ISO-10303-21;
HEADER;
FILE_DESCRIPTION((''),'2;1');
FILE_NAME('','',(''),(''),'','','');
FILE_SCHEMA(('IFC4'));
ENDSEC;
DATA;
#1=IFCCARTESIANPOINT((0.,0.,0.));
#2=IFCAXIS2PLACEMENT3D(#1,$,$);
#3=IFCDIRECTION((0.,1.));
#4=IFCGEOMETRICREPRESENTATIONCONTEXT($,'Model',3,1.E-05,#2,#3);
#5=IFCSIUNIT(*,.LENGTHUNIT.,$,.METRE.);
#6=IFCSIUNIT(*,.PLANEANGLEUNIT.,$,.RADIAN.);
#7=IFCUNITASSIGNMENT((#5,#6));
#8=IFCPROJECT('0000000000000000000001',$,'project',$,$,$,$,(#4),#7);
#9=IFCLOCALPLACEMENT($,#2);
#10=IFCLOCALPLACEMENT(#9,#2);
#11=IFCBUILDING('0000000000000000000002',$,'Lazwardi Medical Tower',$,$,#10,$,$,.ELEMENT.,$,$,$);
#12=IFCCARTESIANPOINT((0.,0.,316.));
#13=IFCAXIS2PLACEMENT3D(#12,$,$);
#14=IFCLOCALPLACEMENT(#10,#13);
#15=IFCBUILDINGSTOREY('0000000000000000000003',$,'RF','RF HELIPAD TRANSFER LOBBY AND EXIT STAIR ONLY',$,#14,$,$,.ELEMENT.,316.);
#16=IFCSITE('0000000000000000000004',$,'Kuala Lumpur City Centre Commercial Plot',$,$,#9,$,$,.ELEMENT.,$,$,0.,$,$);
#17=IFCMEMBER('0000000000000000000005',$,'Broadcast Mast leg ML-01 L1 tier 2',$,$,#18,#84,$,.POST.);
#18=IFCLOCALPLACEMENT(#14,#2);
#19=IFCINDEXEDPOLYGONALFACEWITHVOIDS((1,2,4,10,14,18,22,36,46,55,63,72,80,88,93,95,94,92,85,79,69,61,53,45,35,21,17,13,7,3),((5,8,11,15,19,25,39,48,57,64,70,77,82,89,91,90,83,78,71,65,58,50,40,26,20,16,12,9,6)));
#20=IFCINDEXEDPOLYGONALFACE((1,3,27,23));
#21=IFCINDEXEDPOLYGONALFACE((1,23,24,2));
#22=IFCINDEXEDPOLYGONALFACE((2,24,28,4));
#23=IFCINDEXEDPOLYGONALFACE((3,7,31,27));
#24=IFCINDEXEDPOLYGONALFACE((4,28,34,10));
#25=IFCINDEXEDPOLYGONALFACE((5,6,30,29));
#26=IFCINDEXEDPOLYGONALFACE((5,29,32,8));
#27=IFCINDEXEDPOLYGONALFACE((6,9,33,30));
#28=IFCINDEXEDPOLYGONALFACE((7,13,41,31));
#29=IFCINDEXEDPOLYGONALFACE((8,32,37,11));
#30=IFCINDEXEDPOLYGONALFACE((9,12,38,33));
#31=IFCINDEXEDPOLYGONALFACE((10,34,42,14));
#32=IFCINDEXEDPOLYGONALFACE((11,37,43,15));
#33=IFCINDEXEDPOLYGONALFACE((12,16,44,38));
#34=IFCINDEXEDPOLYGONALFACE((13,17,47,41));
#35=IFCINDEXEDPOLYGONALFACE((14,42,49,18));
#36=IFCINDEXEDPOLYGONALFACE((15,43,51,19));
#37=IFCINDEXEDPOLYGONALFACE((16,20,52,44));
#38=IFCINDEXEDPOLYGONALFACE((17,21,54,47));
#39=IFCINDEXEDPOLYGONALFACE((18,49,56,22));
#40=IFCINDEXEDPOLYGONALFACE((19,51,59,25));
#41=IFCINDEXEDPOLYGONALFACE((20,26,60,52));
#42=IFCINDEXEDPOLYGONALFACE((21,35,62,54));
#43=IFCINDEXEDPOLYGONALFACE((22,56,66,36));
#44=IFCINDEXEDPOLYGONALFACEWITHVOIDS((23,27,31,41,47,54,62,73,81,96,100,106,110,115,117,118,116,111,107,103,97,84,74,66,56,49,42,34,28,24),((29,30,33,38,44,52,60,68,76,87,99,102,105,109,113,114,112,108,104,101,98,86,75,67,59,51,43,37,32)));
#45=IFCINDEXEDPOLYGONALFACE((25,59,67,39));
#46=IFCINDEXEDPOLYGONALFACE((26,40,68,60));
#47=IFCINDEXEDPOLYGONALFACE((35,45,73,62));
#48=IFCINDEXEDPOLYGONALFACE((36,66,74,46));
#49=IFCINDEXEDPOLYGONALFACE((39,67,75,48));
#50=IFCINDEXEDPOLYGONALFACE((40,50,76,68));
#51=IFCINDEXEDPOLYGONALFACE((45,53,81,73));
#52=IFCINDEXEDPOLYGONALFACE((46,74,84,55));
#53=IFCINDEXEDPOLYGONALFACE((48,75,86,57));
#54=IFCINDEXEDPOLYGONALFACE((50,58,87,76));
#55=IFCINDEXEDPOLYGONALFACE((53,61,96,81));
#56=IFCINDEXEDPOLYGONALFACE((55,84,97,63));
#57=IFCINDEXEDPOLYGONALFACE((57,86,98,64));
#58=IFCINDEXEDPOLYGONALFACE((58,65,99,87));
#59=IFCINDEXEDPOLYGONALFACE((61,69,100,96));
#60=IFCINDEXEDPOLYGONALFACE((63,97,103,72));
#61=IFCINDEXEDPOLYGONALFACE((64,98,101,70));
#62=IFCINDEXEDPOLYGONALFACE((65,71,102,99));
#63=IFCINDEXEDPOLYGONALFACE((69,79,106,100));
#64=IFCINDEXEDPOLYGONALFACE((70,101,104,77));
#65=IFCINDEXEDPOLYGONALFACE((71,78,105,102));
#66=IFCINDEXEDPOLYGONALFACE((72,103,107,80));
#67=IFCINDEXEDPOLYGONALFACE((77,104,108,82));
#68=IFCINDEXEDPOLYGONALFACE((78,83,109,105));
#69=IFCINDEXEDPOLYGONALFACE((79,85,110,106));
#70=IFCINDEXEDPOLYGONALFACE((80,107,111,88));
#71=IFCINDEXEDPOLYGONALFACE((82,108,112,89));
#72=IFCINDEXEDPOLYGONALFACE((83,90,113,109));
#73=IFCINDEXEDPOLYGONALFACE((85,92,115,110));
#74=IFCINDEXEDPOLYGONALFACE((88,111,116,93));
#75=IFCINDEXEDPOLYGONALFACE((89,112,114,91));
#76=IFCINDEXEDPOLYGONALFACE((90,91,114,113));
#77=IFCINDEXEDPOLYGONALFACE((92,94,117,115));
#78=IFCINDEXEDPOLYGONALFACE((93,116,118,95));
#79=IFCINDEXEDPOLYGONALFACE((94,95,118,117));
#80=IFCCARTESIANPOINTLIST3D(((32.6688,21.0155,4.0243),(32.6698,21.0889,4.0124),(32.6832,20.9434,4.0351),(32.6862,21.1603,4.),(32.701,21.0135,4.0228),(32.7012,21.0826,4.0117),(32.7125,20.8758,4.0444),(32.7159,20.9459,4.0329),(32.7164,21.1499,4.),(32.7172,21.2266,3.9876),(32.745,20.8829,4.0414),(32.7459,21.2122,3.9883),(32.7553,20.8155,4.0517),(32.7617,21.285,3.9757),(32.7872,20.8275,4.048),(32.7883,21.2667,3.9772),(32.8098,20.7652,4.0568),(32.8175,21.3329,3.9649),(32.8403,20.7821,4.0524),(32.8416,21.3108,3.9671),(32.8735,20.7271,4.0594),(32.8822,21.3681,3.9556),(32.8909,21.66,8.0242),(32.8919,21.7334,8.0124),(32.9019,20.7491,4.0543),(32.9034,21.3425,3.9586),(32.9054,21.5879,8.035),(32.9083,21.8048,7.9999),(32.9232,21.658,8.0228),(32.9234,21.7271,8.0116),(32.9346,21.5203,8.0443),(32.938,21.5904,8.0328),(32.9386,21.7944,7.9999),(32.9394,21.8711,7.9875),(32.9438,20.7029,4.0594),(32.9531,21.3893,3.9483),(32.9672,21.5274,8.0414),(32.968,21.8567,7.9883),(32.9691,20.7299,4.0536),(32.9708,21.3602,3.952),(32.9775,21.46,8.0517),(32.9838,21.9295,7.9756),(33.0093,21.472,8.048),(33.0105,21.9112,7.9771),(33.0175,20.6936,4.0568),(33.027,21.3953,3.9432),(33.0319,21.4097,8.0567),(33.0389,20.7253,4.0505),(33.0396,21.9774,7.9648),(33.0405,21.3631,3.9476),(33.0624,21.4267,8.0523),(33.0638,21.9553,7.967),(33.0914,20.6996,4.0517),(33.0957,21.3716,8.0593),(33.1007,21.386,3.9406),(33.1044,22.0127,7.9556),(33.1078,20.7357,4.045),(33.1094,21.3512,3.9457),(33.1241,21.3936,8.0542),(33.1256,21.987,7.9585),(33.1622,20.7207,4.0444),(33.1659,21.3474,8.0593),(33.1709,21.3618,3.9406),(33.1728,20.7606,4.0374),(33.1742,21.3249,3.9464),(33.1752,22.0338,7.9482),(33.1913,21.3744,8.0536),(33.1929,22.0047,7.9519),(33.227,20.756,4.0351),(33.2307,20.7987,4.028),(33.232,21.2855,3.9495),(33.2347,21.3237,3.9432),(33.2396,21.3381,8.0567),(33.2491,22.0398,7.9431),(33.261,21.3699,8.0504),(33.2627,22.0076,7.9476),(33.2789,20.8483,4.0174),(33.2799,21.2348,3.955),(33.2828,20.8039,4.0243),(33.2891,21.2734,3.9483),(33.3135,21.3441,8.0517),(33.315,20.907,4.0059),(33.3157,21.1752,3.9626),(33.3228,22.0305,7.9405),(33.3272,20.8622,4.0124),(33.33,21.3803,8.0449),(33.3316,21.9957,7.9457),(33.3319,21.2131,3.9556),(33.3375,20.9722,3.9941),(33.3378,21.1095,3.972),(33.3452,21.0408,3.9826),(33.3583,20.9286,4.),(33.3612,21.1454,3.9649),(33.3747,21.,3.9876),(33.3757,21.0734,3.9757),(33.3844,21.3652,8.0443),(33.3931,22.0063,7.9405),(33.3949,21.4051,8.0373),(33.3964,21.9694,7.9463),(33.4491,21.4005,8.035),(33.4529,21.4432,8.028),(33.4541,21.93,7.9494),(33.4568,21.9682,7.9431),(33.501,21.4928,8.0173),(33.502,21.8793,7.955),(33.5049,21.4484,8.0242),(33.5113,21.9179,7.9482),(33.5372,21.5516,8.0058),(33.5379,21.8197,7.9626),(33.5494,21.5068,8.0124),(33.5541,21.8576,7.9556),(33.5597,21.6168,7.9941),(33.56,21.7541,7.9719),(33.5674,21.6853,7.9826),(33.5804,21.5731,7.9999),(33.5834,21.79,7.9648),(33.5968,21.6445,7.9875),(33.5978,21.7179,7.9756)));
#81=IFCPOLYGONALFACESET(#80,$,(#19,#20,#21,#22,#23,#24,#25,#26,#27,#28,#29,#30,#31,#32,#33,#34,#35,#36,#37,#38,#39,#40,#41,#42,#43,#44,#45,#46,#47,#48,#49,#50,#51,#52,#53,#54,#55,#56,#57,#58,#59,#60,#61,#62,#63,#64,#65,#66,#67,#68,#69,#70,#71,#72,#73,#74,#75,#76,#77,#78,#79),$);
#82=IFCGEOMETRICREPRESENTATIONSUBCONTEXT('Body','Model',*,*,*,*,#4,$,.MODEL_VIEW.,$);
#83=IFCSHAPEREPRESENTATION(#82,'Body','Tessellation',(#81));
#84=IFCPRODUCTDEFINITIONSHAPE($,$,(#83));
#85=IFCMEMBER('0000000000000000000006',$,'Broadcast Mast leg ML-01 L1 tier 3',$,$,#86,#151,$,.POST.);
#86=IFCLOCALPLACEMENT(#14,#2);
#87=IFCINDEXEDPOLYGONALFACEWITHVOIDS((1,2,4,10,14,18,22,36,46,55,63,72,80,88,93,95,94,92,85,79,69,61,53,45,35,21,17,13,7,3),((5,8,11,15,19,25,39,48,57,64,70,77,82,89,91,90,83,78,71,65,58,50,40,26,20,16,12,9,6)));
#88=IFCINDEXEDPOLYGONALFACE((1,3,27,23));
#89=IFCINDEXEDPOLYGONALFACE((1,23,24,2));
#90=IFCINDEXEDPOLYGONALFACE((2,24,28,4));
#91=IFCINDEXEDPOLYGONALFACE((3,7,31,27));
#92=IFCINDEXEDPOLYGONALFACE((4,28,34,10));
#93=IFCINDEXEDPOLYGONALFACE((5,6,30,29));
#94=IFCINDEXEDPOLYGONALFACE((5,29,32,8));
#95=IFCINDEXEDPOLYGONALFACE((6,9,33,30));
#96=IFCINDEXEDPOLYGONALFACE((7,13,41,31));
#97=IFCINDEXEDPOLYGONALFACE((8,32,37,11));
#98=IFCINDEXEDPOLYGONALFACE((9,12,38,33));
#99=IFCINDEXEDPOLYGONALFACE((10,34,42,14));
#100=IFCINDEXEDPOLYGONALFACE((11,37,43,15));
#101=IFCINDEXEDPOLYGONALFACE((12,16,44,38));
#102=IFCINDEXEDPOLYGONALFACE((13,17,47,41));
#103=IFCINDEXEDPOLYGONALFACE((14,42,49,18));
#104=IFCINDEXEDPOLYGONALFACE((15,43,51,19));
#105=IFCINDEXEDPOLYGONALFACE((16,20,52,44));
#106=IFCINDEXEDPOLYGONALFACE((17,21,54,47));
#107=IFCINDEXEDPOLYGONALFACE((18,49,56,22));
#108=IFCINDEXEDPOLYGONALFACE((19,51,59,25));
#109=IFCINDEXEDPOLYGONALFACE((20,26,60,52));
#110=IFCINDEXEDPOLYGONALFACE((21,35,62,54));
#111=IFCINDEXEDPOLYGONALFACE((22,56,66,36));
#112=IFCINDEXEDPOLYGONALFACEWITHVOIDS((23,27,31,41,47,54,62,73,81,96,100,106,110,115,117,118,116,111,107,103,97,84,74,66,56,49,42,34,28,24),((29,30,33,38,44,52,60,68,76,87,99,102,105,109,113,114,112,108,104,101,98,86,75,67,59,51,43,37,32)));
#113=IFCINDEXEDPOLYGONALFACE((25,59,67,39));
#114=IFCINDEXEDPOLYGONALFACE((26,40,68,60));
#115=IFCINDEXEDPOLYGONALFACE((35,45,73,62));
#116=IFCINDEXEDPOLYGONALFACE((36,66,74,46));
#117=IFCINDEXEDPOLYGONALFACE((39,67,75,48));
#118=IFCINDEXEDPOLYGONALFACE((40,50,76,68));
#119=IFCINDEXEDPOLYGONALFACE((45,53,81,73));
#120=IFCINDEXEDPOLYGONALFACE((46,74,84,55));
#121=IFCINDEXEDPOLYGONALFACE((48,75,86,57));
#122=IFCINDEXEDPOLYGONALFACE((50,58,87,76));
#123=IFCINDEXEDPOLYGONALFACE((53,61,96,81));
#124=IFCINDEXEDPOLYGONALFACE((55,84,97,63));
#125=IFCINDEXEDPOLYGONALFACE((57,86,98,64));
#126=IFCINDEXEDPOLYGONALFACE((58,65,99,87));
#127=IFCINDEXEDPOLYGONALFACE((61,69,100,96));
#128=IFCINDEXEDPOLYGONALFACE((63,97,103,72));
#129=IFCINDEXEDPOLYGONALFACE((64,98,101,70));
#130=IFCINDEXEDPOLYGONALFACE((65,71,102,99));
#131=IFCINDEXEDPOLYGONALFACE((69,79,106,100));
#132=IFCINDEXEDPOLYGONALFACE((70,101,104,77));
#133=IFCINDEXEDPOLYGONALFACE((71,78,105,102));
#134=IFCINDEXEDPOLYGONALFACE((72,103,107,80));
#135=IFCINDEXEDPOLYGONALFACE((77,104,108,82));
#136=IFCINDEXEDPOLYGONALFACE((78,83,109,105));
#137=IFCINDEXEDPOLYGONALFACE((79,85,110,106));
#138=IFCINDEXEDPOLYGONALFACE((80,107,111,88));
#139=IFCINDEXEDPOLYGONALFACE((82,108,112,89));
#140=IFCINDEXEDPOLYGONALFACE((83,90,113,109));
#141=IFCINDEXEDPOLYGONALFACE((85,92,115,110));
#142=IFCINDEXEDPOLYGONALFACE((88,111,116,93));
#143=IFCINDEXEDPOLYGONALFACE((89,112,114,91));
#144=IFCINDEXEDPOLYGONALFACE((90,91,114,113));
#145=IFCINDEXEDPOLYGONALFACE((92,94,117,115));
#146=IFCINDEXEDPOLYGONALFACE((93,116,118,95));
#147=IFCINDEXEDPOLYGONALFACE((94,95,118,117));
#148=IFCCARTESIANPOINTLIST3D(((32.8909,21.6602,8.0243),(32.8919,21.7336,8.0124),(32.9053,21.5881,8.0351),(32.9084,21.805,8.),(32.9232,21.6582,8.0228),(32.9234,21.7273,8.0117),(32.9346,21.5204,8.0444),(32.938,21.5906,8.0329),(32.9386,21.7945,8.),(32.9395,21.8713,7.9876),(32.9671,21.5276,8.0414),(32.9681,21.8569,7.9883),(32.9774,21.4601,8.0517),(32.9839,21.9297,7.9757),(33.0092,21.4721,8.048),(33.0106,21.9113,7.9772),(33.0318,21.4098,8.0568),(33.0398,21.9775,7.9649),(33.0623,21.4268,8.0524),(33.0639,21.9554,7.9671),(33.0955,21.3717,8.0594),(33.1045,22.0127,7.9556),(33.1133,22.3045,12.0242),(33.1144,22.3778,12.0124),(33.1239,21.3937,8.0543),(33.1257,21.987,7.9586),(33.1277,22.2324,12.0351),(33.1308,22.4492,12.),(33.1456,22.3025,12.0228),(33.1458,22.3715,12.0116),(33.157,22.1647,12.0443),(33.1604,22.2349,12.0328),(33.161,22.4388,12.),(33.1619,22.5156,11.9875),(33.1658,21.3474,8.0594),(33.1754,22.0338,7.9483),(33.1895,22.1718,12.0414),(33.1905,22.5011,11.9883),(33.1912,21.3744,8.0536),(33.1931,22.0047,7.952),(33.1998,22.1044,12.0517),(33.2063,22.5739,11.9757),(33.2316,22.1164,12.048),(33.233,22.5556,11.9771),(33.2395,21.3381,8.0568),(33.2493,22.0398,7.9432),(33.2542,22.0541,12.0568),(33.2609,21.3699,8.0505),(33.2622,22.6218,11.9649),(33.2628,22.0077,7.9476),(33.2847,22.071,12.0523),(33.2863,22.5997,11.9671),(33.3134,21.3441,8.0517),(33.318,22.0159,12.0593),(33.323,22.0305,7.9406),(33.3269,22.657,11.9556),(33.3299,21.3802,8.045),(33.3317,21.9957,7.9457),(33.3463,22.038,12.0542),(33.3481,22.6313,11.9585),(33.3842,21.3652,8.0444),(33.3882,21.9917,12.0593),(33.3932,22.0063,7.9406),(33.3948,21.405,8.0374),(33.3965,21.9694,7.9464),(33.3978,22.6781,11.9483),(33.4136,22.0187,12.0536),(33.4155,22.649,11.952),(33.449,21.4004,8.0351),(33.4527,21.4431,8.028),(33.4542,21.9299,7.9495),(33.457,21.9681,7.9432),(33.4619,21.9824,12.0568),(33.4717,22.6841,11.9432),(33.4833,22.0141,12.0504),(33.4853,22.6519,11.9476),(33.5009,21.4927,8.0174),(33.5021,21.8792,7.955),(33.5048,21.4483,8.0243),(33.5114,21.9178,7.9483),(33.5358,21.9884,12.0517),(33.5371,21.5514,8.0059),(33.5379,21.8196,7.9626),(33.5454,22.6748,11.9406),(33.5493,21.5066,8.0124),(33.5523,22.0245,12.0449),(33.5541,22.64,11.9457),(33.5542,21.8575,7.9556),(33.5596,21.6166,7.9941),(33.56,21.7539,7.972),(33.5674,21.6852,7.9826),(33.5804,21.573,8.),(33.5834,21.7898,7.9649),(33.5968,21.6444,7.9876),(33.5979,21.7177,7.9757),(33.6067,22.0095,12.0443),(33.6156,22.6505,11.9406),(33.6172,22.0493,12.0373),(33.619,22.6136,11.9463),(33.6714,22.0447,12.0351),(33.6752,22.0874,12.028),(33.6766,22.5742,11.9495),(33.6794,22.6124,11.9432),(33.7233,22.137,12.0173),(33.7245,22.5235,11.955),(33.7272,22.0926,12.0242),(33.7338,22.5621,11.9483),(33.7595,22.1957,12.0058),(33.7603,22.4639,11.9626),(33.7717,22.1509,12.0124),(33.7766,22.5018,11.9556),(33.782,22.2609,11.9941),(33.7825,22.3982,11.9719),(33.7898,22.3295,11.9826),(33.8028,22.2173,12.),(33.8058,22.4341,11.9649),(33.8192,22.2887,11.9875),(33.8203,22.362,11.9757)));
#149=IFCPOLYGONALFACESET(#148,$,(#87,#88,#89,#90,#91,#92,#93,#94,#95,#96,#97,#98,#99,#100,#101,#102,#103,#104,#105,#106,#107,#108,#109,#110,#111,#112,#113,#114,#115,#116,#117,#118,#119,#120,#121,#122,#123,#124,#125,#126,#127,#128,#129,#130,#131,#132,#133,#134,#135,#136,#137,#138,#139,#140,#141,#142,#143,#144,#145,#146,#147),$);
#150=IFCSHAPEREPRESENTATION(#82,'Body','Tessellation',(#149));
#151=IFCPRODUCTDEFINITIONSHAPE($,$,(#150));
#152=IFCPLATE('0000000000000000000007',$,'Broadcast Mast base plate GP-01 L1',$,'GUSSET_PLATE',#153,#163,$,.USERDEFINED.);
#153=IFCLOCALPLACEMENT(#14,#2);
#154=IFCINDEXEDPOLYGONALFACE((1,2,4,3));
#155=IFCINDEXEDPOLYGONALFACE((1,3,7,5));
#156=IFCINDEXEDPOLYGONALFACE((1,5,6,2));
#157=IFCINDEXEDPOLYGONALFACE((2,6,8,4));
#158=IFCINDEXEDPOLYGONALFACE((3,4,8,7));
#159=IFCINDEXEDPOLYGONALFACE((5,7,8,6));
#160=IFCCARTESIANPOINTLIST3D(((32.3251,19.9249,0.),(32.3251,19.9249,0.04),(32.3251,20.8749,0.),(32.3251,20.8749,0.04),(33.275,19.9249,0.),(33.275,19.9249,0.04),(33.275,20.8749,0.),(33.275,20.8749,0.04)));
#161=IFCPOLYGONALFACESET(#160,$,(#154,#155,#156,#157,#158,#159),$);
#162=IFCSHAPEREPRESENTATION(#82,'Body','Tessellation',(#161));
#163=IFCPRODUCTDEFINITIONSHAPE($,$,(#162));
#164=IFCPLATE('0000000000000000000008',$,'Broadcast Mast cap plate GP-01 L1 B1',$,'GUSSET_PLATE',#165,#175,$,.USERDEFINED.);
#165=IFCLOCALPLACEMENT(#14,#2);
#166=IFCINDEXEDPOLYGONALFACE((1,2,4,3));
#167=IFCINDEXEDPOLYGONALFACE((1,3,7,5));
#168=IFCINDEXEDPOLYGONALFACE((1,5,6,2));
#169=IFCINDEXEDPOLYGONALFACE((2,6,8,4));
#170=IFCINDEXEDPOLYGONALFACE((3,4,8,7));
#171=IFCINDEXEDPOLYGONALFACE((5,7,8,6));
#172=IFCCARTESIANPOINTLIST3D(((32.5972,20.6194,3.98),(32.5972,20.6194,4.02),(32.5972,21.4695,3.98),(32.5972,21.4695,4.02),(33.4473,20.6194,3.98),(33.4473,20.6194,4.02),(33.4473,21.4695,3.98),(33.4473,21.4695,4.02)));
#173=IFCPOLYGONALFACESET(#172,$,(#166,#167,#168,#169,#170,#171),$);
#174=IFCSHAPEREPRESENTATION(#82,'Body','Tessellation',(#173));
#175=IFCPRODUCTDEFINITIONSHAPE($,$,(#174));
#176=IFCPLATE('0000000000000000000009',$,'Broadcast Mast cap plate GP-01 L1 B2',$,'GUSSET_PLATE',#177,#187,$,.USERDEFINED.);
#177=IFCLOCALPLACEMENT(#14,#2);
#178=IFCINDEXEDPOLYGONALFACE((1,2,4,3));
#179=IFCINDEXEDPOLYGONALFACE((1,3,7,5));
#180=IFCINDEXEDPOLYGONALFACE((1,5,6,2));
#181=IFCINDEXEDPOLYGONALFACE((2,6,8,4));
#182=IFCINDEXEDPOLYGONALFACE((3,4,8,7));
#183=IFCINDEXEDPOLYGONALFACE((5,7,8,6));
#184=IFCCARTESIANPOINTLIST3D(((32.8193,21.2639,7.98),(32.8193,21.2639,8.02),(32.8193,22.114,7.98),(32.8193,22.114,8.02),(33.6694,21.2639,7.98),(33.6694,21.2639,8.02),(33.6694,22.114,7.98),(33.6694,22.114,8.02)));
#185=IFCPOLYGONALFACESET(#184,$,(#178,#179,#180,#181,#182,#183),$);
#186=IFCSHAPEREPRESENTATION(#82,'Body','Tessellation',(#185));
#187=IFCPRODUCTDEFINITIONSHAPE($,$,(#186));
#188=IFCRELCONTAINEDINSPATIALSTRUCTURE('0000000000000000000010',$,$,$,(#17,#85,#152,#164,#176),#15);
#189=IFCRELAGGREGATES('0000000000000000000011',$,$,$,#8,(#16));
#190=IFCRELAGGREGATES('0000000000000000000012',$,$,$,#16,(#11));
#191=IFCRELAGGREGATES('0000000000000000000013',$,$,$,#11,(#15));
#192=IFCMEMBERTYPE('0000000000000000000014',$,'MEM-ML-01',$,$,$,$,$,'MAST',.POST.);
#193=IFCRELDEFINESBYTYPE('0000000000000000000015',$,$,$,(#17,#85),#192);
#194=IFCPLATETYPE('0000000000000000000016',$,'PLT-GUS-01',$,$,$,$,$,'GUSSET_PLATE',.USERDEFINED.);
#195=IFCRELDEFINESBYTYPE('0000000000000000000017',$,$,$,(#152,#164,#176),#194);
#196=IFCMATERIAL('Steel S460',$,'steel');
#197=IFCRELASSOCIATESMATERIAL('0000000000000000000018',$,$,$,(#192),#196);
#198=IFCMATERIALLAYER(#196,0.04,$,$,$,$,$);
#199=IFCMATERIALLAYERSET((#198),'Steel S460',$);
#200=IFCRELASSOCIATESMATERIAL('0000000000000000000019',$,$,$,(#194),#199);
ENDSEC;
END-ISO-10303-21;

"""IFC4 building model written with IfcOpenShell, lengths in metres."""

from ifc_helpers import new_model, si_unit, direction, frame, origin, origin_2d, place, context, subcontext, project, spatial, rectangle, hollow_circle, extrude, material, layer, layer_set, material_profile, profile_set, type_object, element, save


model = new_model("IFC4")

# Units and contexts
model_context = context("Model", 3, precision=1e-05, world=origin(), true_north=direction((0.0, 1.0)))
body_context = subcontext(model_context, "Body", "Model", "MODEL_VIEW")
ifc_project = project(units=[si_unit("LENGTHUNIT", "METRE"), si_unit("PLANEANGLEUNIT", "RADIAN")], contexts=[model_context])

# Site, building, storey
site_placement = place(None, origin())
site = spatial("IfcSite", under=ifc_project, at=site_placement, Name="Kuala Lumpur City Centre Commercial Plot", CompositionType="ELEMENT", RefElevation=0.0)
building_placement = place(site_placement, origin())
building = spatial("IfcBuilding", under=site, at=building_placement, Name="Lazwardi Medical Tower", CompositionType="ELEMENT")
storey_placement = place(building_placement, frame((0.0, 0.0, 316.0)))
storey = spatial("IfcBuildingStorey", under=building, at=storey_placement, Name="RF", Description="RF HELIPAD TRANSFER LOBBY AND EXIT STAIR ONLY", CompositionType="ELEMENT", Elevation=316.0)

# Members
ifc_material_1 = material(Name="Steel S460", Category="steel")
ifc_material_profile_1 = material_profile(ifc_material_1, hollow_circle(Radius=0.3555, WallThickness=0.032, at=origin_2d()), Name="CHS 711x32")
ifc_profile_set_1 = profile_set([ifc_material_profile_1], Name="Steel S460")
member_type_1 = type_object("IfcMemberType", Name="MEM-ML-01", ElementType="MAST", PredefinedType="POST", material=ifc_profile_set_1)
for number, where, z_axis, x_axis, name in (
    (1, (33.0222, 21.0444, 4.0), (0.054752, 0.158842, 0.985785), (-0.945411, 0.32588, 0.0), "Broadcast Mast leg ML-01 L1 tier 2"),
    (2, (33.2444, 21.689, 8.0), (0.054813, 0.158783, 0.985791), (-0.945263, 0.326311, 0.0), "Broadcast Mast leg ML-01 L1 tier 3"),
):
    element("IfcMember", number, at=place(storey_placement, frame(where, z_axis=z_axis, x_axis=x_axis)), inside=storey, type_object=member_type_1, Name=name, PredefinedType="POST", context=body_context, shape_type="SweptSolid", body=[
        extrude(hollow_circle(Radius=0.3555, WallThickness=0.032, at=origin_2d()), origin(), (0.0, 0.0, 1.0), 4.0576),
    ])

# Plates
ifc_layer_1 = layer(ifc_material_1, 0.04)
ifc_layer_set_1 = layer_set([ifc_layer_1], Name="Steel S460")
plate_type = type_object("IfcPlateType", Name="PLT-GUS-01", ElementType="GUSSET_PLATE", PredefinedType="USERDEFINED", material=ifc_layer_set_1)
plate_placement = place(storey_placement, frame((32.8, 20.3999, 0.0), z_axis=(0.0, 0.0, 1.0), x_axis=(1.0, 0.0, 0.0)))
element("IfcPlate", 3, at=plate_placement, inside=storey, type_object=plate_type, Name="Broadcast Mast base plate GP-01 L1", ObjectType="GUSSET_PLATE", PredefinedType="USERDEFINED", context=body_context, shape_type="SweptSolid", body=[
    extrude(rectangle(XDim=0.95, YDim=0.95, at=origin_2d()), origin(), (0.0, 0.0, 1.0), 0.04),
])
for number, where, z_axis, x_axis, name in (
    (4, (33.0222, 21.0444, 3.98), (0.0, 0.0, 1.0), (1.0, 0.0, 0.0), "Broadcast Mast cap plate GP-01 L1 B1"),
    (5, (33.2444, 21.689, 7.98), (0.0, 0.0, 1.0), (1.0, 0.0, 0.0), "Broadcast Mast cap plate GP-01 L1 B2"),
):
    element("IfcPlate", number, at=place(storey_placement, frame(where, z_axis=z_axis, x_axis=x_axis)), inside=storey, type_object=plate_type, Name=name, ObjectType="GUSSET_PLATE", PredefinedType="USERDEFINED", context=body_context, shape_type="SweptSolid", body=[
        extrude(rectangle(XDim=0.8501, YDim=0.8501, at=origin_2d()), origin(), (0.0, 0.0, 1.0), 0.04),
    ])

save(model, "model.ifc")
